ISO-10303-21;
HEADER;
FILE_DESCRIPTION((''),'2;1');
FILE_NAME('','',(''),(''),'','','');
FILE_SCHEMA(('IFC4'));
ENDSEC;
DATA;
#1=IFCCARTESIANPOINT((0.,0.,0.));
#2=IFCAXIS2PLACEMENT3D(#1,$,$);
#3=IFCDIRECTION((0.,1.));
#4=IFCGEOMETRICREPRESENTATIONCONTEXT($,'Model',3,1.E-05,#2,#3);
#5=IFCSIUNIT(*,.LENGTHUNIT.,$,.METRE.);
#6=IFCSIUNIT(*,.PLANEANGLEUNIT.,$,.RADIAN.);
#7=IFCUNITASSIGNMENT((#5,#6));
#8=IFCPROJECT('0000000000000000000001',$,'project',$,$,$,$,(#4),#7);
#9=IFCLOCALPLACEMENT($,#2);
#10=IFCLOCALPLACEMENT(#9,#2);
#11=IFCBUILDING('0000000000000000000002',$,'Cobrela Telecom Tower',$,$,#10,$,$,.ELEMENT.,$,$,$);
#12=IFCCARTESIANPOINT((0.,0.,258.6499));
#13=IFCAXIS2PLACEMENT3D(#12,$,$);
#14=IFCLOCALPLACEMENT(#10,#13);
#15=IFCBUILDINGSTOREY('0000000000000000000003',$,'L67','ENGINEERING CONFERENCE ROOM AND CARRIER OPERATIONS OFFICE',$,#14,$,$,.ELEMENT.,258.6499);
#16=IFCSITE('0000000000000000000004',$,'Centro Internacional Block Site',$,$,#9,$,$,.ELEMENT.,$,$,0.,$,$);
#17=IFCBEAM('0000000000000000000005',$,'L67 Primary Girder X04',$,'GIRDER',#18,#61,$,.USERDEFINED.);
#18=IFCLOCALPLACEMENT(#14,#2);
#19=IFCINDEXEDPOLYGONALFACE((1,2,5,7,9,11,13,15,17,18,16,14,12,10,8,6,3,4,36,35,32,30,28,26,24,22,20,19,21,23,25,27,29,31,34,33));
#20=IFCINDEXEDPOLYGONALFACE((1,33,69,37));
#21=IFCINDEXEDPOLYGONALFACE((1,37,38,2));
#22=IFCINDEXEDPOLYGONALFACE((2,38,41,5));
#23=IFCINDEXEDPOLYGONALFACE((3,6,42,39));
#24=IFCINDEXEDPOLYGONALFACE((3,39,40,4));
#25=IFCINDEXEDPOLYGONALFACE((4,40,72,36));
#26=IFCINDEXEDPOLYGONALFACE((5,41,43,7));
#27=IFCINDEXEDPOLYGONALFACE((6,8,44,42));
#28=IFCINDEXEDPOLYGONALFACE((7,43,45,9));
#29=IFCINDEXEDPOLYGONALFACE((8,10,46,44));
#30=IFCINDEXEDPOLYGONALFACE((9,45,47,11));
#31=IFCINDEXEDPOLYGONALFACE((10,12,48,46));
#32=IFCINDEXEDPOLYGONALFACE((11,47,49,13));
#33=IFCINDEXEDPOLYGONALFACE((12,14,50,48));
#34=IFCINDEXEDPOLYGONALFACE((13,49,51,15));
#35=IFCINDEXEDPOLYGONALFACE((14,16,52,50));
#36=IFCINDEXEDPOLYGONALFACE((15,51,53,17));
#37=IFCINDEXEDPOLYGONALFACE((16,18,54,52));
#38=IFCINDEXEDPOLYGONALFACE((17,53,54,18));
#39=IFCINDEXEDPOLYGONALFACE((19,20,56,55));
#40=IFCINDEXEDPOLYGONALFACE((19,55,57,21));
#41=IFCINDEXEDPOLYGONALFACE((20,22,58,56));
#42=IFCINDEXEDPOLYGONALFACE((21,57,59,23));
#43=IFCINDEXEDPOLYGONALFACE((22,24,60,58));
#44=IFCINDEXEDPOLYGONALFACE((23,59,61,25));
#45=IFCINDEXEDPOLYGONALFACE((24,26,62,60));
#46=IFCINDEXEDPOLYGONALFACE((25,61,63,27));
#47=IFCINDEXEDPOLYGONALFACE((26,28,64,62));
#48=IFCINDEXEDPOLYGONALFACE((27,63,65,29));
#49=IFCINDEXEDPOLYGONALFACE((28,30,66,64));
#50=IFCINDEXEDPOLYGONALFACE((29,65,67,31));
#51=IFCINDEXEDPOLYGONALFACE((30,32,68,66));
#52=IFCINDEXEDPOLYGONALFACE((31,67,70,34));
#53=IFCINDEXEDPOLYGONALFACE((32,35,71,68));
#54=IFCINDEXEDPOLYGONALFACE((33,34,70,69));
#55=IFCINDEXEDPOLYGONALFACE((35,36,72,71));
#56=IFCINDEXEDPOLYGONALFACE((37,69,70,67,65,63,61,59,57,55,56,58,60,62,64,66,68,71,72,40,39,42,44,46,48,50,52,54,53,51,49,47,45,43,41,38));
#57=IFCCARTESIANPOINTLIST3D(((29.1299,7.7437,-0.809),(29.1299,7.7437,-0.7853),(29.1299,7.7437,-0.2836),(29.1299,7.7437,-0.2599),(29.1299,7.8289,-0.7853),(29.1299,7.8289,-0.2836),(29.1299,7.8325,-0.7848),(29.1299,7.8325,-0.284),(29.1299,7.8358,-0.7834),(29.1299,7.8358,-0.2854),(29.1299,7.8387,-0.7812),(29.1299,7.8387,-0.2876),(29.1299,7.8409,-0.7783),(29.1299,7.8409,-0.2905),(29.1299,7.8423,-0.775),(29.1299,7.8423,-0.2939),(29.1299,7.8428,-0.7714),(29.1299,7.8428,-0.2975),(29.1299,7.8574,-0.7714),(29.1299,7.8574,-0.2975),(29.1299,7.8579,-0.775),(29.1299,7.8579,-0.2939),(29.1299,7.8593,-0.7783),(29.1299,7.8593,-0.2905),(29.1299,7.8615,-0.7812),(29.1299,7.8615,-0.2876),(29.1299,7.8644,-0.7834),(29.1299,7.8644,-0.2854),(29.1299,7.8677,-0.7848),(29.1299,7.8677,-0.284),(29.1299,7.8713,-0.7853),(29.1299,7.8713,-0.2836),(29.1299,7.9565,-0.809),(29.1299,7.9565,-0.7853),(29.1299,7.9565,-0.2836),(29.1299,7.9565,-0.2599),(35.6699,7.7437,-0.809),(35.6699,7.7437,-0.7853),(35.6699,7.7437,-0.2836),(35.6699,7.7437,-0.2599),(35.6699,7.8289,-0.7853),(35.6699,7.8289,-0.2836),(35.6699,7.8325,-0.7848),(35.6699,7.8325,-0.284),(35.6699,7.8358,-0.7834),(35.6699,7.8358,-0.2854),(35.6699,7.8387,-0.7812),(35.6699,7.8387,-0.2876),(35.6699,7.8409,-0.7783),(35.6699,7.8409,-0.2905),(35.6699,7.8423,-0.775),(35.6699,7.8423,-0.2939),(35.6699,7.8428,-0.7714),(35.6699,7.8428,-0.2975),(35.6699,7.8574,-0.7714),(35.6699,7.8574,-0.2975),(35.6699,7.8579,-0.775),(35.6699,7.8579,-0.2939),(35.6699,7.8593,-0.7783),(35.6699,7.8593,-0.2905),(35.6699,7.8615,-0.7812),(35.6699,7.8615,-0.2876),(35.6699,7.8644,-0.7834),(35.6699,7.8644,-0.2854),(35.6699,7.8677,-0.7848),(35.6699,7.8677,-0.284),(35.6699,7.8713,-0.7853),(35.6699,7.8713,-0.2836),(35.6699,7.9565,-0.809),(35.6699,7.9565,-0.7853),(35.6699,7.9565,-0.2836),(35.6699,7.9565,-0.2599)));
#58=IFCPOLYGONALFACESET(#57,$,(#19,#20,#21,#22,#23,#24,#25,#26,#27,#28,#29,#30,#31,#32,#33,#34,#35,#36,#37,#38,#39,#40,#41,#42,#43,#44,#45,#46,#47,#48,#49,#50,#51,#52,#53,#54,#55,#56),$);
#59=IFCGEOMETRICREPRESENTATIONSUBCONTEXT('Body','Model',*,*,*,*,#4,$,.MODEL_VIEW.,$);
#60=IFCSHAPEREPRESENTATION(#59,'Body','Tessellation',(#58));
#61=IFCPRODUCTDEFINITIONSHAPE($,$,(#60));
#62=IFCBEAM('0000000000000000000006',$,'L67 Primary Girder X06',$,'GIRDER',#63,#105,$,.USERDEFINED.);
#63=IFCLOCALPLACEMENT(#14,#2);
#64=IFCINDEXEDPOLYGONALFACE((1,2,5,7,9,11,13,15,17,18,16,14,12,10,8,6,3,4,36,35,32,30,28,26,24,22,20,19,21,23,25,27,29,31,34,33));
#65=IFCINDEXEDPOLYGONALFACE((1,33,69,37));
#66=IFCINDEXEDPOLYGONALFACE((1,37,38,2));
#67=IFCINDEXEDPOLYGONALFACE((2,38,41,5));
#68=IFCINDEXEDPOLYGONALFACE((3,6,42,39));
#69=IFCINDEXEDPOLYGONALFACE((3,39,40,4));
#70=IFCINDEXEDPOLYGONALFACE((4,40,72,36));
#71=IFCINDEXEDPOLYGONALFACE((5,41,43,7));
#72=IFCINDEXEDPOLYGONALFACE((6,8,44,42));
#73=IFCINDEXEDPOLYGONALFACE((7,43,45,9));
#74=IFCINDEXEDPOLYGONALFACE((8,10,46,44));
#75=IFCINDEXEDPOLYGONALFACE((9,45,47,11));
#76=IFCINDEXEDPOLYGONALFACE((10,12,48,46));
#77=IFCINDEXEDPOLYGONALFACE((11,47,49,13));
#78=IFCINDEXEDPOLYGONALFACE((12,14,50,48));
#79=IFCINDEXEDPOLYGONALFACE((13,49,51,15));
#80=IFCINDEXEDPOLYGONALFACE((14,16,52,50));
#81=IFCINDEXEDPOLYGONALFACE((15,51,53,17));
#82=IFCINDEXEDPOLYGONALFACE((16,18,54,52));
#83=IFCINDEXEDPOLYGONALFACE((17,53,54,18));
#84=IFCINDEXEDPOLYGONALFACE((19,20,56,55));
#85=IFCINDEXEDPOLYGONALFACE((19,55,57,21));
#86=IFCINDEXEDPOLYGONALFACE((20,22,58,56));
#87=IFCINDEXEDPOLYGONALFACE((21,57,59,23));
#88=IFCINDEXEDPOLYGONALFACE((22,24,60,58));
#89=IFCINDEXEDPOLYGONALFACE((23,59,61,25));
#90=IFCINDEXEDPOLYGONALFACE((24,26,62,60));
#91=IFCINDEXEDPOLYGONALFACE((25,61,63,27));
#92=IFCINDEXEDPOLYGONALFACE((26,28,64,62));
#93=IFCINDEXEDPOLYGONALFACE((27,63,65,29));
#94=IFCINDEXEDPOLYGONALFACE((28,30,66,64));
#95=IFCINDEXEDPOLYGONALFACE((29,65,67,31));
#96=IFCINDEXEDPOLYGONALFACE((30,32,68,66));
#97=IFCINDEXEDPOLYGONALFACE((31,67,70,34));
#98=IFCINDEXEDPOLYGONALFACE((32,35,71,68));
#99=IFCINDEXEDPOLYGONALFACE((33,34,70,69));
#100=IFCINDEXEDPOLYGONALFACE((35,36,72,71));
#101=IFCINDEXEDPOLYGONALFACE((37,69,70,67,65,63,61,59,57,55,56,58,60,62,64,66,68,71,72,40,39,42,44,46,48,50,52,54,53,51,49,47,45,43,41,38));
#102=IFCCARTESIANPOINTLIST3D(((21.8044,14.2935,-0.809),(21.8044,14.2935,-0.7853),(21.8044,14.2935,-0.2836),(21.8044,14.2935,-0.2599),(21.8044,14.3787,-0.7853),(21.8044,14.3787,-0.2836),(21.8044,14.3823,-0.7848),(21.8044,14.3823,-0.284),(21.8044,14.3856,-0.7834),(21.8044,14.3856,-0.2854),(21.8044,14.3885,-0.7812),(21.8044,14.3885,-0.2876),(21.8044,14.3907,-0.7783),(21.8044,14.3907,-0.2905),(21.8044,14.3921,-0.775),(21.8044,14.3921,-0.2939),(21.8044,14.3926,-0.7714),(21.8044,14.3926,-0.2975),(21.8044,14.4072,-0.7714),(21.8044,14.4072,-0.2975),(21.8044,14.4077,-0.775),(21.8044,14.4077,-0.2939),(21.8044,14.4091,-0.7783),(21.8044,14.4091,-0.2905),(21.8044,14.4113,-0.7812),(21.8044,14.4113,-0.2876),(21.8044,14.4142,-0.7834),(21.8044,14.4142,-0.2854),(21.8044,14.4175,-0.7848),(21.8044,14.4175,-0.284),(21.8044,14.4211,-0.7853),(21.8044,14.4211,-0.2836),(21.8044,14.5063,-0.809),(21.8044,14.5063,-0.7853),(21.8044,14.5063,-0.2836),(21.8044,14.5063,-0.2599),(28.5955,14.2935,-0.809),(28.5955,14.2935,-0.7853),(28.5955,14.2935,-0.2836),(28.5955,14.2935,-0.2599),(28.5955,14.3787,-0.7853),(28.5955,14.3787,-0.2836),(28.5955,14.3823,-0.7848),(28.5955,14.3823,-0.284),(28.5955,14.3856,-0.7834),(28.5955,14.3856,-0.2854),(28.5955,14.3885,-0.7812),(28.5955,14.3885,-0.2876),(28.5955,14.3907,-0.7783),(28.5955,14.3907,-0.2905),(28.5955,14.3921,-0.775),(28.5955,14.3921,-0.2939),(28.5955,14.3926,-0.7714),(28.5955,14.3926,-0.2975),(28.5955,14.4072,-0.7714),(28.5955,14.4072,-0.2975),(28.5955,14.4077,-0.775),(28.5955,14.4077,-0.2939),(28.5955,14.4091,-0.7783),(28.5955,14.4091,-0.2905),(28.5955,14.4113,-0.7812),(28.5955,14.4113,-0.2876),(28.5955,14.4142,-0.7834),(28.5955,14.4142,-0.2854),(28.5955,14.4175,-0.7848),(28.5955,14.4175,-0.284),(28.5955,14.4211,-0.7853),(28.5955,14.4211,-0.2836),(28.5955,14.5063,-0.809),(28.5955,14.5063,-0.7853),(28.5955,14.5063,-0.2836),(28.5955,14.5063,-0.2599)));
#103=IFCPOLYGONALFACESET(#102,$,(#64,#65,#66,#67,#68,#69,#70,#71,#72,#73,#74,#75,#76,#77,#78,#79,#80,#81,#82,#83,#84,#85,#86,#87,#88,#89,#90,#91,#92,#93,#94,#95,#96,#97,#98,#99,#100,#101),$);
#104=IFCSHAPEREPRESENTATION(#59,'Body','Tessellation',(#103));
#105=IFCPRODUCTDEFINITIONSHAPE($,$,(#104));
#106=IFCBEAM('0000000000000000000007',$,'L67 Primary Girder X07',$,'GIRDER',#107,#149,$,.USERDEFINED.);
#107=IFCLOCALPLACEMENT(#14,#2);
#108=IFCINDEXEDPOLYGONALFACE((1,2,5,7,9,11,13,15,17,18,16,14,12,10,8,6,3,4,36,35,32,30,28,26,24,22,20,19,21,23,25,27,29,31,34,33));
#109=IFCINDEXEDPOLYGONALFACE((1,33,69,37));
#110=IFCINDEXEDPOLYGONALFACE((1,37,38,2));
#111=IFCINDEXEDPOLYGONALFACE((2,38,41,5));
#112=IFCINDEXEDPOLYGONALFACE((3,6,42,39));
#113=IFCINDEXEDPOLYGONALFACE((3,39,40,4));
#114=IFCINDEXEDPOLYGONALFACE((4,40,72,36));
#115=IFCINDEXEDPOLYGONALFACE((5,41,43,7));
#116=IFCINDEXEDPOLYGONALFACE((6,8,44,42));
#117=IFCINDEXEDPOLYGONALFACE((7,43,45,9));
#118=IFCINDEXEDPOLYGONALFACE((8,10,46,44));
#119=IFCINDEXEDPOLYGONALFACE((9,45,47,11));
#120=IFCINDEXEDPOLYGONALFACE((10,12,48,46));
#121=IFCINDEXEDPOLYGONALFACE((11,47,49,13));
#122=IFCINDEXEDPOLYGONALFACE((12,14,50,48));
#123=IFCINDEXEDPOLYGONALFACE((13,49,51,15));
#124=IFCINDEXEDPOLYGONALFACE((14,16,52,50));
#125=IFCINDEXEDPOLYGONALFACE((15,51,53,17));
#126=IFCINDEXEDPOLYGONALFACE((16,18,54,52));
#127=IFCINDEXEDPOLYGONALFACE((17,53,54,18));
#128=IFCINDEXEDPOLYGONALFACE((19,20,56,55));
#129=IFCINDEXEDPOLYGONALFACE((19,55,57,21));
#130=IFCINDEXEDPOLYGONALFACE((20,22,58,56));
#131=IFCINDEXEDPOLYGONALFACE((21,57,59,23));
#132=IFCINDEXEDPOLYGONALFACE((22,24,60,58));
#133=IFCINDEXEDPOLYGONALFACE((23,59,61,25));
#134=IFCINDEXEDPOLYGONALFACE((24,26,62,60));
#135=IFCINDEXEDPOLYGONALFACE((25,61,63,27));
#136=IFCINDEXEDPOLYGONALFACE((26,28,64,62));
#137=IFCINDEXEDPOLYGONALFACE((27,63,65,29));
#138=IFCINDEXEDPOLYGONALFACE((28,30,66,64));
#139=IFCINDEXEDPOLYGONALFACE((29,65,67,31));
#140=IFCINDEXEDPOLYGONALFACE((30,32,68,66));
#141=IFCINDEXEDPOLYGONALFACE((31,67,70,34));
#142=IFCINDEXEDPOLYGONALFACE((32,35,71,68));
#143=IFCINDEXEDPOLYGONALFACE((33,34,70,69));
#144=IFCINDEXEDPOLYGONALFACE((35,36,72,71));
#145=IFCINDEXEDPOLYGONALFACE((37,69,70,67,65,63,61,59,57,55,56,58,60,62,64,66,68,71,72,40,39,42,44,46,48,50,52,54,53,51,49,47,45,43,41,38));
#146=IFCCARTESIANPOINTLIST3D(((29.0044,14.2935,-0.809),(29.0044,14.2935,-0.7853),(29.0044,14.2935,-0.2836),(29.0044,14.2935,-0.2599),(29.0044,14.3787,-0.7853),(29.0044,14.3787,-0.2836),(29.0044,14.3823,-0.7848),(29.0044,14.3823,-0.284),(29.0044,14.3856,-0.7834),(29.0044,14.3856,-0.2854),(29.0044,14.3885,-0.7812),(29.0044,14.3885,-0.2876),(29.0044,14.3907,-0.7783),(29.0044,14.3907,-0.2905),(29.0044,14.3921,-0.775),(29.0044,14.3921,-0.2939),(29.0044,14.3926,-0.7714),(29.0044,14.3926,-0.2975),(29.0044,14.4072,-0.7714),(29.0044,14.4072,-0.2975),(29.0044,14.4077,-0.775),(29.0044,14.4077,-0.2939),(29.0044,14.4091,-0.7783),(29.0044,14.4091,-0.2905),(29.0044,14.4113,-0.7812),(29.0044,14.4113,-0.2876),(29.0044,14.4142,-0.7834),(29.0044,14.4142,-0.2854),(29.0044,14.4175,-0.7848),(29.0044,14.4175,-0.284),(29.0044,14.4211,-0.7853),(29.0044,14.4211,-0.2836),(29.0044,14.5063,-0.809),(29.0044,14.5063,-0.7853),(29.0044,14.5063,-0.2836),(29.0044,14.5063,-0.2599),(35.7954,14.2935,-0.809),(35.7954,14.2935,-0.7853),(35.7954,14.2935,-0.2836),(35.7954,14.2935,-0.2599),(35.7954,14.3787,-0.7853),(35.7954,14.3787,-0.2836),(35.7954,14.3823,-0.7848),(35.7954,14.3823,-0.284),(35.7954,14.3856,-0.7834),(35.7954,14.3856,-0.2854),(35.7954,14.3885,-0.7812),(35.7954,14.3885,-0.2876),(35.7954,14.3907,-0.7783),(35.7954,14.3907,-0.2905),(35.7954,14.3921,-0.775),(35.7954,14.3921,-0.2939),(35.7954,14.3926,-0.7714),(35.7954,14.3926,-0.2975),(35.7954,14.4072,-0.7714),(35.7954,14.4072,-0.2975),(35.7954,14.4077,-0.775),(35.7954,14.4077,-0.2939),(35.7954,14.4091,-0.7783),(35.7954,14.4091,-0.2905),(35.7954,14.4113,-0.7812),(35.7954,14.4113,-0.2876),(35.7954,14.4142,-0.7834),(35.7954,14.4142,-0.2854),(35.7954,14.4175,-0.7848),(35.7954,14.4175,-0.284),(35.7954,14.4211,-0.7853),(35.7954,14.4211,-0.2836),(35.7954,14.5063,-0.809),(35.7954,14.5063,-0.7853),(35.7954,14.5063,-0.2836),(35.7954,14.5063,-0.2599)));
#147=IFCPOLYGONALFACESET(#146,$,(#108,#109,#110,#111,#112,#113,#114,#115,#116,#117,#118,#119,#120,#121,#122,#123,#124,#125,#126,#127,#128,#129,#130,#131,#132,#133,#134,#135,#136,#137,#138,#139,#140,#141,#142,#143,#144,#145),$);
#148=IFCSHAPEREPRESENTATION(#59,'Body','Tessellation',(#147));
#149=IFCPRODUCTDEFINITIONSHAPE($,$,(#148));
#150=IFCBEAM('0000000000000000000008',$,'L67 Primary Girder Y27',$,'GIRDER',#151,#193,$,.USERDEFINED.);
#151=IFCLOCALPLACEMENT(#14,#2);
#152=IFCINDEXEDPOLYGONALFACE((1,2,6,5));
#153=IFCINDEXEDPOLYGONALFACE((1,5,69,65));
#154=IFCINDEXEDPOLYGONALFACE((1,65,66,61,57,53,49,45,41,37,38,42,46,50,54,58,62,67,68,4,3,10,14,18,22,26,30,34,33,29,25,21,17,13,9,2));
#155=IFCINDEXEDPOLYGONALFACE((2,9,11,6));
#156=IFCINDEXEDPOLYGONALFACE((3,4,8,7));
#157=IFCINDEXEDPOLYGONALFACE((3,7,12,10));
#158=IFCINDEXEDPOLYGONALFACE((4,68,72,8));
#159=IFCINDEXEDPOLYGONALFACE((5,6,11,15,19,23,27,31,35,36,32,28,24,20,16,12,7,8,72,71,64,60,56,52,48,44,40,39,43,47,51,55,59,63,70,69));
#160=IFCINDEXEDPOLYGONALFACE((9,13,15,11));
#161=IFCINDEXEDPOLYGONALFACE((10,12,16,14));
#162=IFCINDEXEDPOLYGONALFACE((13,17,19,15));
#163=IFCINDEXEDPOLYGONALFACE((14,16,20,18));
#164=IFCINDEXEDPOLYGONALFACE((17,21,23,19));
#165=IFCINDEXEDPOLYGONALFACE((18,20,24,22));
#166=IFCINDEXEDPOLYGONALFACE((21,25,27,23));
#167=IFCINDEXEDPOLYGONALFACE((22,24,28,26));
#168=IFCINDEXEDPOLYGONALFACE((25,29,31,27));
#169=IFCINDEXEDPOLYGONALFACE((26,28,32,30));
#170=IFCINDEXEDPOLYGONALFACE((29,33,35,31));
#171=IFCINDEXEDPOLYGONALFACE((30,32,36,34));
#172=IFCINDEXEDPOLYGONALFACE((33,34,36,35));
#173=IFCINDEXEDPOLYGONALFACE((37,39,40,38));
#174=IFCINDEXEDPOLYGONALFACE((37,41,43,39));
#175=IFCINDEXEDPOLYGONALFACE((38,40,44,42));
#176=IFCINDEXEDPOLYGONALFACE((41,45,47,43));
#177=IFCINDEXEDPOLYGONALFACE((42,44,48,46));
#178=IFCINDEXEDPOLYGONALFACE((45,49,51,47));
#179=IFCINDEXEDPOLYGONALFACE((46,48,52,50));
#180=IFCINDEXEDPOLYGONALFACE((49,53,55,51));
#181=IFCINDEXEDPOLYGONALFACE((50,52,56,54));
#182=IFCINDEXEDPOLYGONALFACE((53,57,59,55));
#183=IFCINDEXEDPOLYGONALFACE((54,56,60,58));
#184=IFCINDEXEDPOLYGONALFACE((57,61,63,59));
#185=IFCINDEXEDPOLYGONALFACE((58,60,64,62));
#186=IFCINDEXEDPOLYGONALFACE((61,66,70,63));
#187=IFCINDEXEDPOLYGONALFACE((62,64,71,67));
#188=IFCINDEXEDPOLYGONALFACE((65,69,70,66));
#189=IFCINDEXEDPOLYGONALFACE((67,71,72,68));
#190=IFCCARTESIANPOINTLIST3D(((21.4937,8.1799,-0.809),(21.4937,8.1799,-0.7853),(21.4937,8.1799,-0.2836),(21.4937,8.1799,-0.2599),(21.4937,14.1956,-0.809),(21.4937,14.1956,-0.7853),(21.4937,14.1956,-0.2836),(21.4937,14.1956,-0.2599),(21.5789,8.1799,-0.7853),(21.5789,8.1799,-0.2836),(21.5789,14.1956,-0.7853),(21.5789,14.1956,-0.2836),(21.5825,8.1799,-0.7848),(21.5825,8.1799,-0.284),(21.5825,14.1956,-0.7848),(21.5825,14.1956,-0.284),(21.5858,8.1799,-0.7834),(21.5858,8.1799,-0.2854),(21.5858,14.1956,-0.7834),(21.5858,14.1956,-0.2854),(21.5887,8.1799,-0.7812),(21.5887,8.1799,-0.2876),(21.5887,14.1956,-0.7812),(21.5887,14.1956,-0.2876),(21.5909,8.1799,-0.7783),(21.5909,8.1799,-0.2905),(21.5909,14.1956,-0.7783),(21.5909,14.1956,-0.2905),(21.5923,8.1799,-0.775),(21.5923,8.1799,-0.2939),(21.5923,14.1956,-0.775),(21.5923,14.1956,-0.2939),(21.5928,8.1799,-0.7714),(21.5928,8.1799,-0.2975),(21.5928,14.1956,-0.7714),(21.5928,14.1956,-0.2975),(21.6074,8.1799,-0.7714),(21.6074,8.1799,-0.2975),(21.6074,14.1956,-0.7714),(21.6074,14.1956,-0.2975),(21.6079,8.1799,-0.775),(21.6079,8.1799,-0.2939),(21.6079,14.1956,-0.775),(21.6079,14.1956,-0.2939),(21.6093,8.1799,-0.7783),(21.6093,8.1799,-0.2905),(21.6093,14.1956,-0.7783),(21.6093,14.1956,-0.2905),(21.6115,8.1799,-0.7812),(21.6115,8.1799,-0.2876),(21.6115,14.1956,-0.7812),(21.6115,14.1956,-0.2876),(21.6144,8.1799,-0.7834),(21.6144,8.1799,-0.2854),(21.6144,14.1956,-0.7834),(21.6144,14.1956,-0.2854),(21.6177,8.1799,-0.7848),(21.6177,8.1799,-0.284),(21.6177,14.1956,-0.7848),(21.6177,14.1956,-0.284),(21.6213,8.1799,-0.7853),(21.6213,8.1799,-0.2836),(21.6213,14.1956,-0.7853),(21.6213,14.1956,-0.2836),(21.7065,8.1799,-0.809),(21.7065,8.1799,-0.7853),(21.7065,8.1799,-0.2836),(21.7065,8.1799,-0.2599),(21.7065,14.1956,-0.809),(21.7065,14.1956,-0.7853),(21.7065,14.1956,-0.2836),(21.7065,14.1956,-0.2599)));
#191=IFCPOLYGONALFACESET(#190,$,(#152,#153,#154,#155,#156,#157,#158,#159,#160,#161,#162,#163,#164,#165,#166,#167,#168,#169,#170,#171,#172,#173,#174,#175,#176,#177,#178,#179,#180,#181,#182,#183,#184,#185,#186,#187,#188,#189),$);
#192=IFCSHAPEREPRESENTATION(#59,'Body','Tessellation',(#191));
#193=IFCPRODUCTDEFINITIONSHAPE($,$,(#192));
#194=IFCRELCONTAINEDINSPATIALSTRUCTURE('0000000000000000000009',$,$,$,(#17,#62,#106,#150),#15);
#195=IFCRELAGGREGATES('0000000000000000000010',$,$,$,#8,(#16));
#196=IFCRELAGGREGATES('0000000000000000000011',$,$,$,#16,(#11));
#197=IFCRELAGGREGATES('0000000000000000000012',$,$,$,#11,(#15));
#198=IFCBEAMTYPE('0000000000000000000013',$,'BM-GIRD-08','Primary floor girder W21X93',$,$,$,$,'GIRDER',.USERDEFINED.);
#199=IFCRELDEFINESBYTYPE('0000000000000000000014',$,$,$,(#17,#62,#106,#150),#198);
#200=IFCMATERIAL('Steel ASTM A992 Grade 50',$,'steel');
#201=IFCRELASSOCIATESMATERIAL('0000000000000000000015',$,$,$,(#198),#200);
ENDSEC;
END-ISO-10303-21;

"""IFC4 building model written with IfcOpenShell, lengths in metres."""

from ifc_helpers import new_model, si_unit, direction, frame, origin, origin_2d, place, context, subcontext, project, spatial, i_section, extrude, material, material_profile, profile_set, type_object, element, save


model = new_model("IFC4")

# Units and contexts
model_context = context("Model", 3, precision=1e-05, world=origin(), true_north=direction((0.0, 1.0)))
body_context = subcontext(model_context, "Body", "Model", "MODEL_VIEW")
ifc_project = project(units=[si_unit("LENGTHUNIT", "METRE"), si_unit("PLANEANGLEUNIT", "RADIAN")], contexts=[model_context])

# Site, building, storey
site_placement = place(None, origin())
site = spatial("IfcSite", under=ifc_project, at=site_placement, Name="Centro Internacional Block Site", CompositionType="ELEMENT", RefElevation=0.0)
building_placement = place(site_placement, origin())
building = spatial("IfcBuilding", under=site, at=building_placement, Name="Cobrela Telecom Tower", CompositionType="ELEMENT")
storey_placement = place(building_placement, frame((0.0, 0.0, 258.6499)))
storey = spatial("IfcBuildingStorey", under=building, at=storey_placement, Name="L67", Description="ENGINEERING CONFERENCE ROOM AND CARRIER OPERATIONS OFFICE", CompositionType="ELEMENT", Elevation=258.6499)

# Shared definitions
ifc_material_1 = material(Name="Steel ASTM A992 Grade 50", Category="steel")

# Beams
ifc_material_profile_1 = material_profile(ifc_material_1, i_section(OverallWidth=0.2129, OverallDepth=0.5491, WebThickness=0.0146, FlangeThickness=0.0237, FilletRadius=0.0139, at=origin_2d()), Name="W21X93")
ifc_profile_set_1 = profile_set([ifc_material_profile_1], Name="Steel ASTM A992 Grade 50")
beam_type_1 = type_object("IfcBeamType", Name="BM-GIRD-08", Description="Primary floor girder W21X93", ElementType="GIRDER", PredefinedType="USERDEFINED", material=ifc_profile_set_1)
for number, where, z_axis, x_axis, name in (
    (1, (29.1299, 7.8501, -0.5344), (1.0, 0.0, 0.0), (0.0, 1.0, 0.0), "L67 Primary Girder X04"),
):
    element("IfcBeam", number, at=place(storey_placement, frame(where, z_axis=z_axis, x_axis=x_axis)), inside=storey, type_object=beam_type_1, Name=name, ObjectType="GIRDER", PredefinedType="USERDEFINED", context=body_context, shape_type="SweptSolid", body=[
        extrude(i_section(OverallWidth=0.2129, OverallDepth=0.5491, WebThickness=0.0146, FlangeThickness=0.0237, FilletRadius=0.0139, at=origin_2d()), origin(), (0.0, 0.0, 1.0), 6.54),
    ])
for number, where, z_axis, x_axis, name in (
    (2, (21.8044, 14.3999, -0.5344), (1.0, 0.0, 0.0), (0.0, 1.0, 0.0), "L67 Primary Girder X06"),
    (3, (29.0044, 14.3999, -0.5344), (1.0, 0.0, 0.0), (0.0, 1.0, 0.0), "L67 Primary Girder X07"),
):
    element("IfcBeam", number, at=place(storey_placement, frame(where, z_axis=z_axis, x_axis=x_axis)), inside=storey, type_object=beam_type_1, Name=name, ObjectType="GIRDER", PredefinedType="USERDEFINED", context=body_context, shape_type="SweptSolid", body=[
        extrude(i_section(OverallWidth=0.2129, OverallDepth=0.5491, WebThickness=0.0146, FlangeThickness=0.0237, FilletRadius=0.0139, at=origin_2d()), origin(), (0.0, 0.0, 1.0), 6.791),
    ])
beam_1_placement = place(storey_placement, frame((21.6001, 8.1799, -0.5344), z_axis=(0.0, 1.0, 0.0), x_axis=(-1.0, 0.0, 0.0)))
element("IfcBeam", 4, at=beam_1_placement, inside=storey, type_object=beam_type_1, Name="L67 Primary Girder Y27", ObjectType="GIRDER", PredefinedType="USERDEFINED", context=body_context, shape_type="SweptSolid", body=[
    extrude(i_section(OverallWidth=0.2129, OverallDepth=0.5491, WebThickness=0.0146, FlangeThickness=0.0237, FilletRadius=0.0139, at=origin_2d()), origin(), (0.0, 0.0, 1.0), 6.0156),
])

save(model, "model.ifc")
